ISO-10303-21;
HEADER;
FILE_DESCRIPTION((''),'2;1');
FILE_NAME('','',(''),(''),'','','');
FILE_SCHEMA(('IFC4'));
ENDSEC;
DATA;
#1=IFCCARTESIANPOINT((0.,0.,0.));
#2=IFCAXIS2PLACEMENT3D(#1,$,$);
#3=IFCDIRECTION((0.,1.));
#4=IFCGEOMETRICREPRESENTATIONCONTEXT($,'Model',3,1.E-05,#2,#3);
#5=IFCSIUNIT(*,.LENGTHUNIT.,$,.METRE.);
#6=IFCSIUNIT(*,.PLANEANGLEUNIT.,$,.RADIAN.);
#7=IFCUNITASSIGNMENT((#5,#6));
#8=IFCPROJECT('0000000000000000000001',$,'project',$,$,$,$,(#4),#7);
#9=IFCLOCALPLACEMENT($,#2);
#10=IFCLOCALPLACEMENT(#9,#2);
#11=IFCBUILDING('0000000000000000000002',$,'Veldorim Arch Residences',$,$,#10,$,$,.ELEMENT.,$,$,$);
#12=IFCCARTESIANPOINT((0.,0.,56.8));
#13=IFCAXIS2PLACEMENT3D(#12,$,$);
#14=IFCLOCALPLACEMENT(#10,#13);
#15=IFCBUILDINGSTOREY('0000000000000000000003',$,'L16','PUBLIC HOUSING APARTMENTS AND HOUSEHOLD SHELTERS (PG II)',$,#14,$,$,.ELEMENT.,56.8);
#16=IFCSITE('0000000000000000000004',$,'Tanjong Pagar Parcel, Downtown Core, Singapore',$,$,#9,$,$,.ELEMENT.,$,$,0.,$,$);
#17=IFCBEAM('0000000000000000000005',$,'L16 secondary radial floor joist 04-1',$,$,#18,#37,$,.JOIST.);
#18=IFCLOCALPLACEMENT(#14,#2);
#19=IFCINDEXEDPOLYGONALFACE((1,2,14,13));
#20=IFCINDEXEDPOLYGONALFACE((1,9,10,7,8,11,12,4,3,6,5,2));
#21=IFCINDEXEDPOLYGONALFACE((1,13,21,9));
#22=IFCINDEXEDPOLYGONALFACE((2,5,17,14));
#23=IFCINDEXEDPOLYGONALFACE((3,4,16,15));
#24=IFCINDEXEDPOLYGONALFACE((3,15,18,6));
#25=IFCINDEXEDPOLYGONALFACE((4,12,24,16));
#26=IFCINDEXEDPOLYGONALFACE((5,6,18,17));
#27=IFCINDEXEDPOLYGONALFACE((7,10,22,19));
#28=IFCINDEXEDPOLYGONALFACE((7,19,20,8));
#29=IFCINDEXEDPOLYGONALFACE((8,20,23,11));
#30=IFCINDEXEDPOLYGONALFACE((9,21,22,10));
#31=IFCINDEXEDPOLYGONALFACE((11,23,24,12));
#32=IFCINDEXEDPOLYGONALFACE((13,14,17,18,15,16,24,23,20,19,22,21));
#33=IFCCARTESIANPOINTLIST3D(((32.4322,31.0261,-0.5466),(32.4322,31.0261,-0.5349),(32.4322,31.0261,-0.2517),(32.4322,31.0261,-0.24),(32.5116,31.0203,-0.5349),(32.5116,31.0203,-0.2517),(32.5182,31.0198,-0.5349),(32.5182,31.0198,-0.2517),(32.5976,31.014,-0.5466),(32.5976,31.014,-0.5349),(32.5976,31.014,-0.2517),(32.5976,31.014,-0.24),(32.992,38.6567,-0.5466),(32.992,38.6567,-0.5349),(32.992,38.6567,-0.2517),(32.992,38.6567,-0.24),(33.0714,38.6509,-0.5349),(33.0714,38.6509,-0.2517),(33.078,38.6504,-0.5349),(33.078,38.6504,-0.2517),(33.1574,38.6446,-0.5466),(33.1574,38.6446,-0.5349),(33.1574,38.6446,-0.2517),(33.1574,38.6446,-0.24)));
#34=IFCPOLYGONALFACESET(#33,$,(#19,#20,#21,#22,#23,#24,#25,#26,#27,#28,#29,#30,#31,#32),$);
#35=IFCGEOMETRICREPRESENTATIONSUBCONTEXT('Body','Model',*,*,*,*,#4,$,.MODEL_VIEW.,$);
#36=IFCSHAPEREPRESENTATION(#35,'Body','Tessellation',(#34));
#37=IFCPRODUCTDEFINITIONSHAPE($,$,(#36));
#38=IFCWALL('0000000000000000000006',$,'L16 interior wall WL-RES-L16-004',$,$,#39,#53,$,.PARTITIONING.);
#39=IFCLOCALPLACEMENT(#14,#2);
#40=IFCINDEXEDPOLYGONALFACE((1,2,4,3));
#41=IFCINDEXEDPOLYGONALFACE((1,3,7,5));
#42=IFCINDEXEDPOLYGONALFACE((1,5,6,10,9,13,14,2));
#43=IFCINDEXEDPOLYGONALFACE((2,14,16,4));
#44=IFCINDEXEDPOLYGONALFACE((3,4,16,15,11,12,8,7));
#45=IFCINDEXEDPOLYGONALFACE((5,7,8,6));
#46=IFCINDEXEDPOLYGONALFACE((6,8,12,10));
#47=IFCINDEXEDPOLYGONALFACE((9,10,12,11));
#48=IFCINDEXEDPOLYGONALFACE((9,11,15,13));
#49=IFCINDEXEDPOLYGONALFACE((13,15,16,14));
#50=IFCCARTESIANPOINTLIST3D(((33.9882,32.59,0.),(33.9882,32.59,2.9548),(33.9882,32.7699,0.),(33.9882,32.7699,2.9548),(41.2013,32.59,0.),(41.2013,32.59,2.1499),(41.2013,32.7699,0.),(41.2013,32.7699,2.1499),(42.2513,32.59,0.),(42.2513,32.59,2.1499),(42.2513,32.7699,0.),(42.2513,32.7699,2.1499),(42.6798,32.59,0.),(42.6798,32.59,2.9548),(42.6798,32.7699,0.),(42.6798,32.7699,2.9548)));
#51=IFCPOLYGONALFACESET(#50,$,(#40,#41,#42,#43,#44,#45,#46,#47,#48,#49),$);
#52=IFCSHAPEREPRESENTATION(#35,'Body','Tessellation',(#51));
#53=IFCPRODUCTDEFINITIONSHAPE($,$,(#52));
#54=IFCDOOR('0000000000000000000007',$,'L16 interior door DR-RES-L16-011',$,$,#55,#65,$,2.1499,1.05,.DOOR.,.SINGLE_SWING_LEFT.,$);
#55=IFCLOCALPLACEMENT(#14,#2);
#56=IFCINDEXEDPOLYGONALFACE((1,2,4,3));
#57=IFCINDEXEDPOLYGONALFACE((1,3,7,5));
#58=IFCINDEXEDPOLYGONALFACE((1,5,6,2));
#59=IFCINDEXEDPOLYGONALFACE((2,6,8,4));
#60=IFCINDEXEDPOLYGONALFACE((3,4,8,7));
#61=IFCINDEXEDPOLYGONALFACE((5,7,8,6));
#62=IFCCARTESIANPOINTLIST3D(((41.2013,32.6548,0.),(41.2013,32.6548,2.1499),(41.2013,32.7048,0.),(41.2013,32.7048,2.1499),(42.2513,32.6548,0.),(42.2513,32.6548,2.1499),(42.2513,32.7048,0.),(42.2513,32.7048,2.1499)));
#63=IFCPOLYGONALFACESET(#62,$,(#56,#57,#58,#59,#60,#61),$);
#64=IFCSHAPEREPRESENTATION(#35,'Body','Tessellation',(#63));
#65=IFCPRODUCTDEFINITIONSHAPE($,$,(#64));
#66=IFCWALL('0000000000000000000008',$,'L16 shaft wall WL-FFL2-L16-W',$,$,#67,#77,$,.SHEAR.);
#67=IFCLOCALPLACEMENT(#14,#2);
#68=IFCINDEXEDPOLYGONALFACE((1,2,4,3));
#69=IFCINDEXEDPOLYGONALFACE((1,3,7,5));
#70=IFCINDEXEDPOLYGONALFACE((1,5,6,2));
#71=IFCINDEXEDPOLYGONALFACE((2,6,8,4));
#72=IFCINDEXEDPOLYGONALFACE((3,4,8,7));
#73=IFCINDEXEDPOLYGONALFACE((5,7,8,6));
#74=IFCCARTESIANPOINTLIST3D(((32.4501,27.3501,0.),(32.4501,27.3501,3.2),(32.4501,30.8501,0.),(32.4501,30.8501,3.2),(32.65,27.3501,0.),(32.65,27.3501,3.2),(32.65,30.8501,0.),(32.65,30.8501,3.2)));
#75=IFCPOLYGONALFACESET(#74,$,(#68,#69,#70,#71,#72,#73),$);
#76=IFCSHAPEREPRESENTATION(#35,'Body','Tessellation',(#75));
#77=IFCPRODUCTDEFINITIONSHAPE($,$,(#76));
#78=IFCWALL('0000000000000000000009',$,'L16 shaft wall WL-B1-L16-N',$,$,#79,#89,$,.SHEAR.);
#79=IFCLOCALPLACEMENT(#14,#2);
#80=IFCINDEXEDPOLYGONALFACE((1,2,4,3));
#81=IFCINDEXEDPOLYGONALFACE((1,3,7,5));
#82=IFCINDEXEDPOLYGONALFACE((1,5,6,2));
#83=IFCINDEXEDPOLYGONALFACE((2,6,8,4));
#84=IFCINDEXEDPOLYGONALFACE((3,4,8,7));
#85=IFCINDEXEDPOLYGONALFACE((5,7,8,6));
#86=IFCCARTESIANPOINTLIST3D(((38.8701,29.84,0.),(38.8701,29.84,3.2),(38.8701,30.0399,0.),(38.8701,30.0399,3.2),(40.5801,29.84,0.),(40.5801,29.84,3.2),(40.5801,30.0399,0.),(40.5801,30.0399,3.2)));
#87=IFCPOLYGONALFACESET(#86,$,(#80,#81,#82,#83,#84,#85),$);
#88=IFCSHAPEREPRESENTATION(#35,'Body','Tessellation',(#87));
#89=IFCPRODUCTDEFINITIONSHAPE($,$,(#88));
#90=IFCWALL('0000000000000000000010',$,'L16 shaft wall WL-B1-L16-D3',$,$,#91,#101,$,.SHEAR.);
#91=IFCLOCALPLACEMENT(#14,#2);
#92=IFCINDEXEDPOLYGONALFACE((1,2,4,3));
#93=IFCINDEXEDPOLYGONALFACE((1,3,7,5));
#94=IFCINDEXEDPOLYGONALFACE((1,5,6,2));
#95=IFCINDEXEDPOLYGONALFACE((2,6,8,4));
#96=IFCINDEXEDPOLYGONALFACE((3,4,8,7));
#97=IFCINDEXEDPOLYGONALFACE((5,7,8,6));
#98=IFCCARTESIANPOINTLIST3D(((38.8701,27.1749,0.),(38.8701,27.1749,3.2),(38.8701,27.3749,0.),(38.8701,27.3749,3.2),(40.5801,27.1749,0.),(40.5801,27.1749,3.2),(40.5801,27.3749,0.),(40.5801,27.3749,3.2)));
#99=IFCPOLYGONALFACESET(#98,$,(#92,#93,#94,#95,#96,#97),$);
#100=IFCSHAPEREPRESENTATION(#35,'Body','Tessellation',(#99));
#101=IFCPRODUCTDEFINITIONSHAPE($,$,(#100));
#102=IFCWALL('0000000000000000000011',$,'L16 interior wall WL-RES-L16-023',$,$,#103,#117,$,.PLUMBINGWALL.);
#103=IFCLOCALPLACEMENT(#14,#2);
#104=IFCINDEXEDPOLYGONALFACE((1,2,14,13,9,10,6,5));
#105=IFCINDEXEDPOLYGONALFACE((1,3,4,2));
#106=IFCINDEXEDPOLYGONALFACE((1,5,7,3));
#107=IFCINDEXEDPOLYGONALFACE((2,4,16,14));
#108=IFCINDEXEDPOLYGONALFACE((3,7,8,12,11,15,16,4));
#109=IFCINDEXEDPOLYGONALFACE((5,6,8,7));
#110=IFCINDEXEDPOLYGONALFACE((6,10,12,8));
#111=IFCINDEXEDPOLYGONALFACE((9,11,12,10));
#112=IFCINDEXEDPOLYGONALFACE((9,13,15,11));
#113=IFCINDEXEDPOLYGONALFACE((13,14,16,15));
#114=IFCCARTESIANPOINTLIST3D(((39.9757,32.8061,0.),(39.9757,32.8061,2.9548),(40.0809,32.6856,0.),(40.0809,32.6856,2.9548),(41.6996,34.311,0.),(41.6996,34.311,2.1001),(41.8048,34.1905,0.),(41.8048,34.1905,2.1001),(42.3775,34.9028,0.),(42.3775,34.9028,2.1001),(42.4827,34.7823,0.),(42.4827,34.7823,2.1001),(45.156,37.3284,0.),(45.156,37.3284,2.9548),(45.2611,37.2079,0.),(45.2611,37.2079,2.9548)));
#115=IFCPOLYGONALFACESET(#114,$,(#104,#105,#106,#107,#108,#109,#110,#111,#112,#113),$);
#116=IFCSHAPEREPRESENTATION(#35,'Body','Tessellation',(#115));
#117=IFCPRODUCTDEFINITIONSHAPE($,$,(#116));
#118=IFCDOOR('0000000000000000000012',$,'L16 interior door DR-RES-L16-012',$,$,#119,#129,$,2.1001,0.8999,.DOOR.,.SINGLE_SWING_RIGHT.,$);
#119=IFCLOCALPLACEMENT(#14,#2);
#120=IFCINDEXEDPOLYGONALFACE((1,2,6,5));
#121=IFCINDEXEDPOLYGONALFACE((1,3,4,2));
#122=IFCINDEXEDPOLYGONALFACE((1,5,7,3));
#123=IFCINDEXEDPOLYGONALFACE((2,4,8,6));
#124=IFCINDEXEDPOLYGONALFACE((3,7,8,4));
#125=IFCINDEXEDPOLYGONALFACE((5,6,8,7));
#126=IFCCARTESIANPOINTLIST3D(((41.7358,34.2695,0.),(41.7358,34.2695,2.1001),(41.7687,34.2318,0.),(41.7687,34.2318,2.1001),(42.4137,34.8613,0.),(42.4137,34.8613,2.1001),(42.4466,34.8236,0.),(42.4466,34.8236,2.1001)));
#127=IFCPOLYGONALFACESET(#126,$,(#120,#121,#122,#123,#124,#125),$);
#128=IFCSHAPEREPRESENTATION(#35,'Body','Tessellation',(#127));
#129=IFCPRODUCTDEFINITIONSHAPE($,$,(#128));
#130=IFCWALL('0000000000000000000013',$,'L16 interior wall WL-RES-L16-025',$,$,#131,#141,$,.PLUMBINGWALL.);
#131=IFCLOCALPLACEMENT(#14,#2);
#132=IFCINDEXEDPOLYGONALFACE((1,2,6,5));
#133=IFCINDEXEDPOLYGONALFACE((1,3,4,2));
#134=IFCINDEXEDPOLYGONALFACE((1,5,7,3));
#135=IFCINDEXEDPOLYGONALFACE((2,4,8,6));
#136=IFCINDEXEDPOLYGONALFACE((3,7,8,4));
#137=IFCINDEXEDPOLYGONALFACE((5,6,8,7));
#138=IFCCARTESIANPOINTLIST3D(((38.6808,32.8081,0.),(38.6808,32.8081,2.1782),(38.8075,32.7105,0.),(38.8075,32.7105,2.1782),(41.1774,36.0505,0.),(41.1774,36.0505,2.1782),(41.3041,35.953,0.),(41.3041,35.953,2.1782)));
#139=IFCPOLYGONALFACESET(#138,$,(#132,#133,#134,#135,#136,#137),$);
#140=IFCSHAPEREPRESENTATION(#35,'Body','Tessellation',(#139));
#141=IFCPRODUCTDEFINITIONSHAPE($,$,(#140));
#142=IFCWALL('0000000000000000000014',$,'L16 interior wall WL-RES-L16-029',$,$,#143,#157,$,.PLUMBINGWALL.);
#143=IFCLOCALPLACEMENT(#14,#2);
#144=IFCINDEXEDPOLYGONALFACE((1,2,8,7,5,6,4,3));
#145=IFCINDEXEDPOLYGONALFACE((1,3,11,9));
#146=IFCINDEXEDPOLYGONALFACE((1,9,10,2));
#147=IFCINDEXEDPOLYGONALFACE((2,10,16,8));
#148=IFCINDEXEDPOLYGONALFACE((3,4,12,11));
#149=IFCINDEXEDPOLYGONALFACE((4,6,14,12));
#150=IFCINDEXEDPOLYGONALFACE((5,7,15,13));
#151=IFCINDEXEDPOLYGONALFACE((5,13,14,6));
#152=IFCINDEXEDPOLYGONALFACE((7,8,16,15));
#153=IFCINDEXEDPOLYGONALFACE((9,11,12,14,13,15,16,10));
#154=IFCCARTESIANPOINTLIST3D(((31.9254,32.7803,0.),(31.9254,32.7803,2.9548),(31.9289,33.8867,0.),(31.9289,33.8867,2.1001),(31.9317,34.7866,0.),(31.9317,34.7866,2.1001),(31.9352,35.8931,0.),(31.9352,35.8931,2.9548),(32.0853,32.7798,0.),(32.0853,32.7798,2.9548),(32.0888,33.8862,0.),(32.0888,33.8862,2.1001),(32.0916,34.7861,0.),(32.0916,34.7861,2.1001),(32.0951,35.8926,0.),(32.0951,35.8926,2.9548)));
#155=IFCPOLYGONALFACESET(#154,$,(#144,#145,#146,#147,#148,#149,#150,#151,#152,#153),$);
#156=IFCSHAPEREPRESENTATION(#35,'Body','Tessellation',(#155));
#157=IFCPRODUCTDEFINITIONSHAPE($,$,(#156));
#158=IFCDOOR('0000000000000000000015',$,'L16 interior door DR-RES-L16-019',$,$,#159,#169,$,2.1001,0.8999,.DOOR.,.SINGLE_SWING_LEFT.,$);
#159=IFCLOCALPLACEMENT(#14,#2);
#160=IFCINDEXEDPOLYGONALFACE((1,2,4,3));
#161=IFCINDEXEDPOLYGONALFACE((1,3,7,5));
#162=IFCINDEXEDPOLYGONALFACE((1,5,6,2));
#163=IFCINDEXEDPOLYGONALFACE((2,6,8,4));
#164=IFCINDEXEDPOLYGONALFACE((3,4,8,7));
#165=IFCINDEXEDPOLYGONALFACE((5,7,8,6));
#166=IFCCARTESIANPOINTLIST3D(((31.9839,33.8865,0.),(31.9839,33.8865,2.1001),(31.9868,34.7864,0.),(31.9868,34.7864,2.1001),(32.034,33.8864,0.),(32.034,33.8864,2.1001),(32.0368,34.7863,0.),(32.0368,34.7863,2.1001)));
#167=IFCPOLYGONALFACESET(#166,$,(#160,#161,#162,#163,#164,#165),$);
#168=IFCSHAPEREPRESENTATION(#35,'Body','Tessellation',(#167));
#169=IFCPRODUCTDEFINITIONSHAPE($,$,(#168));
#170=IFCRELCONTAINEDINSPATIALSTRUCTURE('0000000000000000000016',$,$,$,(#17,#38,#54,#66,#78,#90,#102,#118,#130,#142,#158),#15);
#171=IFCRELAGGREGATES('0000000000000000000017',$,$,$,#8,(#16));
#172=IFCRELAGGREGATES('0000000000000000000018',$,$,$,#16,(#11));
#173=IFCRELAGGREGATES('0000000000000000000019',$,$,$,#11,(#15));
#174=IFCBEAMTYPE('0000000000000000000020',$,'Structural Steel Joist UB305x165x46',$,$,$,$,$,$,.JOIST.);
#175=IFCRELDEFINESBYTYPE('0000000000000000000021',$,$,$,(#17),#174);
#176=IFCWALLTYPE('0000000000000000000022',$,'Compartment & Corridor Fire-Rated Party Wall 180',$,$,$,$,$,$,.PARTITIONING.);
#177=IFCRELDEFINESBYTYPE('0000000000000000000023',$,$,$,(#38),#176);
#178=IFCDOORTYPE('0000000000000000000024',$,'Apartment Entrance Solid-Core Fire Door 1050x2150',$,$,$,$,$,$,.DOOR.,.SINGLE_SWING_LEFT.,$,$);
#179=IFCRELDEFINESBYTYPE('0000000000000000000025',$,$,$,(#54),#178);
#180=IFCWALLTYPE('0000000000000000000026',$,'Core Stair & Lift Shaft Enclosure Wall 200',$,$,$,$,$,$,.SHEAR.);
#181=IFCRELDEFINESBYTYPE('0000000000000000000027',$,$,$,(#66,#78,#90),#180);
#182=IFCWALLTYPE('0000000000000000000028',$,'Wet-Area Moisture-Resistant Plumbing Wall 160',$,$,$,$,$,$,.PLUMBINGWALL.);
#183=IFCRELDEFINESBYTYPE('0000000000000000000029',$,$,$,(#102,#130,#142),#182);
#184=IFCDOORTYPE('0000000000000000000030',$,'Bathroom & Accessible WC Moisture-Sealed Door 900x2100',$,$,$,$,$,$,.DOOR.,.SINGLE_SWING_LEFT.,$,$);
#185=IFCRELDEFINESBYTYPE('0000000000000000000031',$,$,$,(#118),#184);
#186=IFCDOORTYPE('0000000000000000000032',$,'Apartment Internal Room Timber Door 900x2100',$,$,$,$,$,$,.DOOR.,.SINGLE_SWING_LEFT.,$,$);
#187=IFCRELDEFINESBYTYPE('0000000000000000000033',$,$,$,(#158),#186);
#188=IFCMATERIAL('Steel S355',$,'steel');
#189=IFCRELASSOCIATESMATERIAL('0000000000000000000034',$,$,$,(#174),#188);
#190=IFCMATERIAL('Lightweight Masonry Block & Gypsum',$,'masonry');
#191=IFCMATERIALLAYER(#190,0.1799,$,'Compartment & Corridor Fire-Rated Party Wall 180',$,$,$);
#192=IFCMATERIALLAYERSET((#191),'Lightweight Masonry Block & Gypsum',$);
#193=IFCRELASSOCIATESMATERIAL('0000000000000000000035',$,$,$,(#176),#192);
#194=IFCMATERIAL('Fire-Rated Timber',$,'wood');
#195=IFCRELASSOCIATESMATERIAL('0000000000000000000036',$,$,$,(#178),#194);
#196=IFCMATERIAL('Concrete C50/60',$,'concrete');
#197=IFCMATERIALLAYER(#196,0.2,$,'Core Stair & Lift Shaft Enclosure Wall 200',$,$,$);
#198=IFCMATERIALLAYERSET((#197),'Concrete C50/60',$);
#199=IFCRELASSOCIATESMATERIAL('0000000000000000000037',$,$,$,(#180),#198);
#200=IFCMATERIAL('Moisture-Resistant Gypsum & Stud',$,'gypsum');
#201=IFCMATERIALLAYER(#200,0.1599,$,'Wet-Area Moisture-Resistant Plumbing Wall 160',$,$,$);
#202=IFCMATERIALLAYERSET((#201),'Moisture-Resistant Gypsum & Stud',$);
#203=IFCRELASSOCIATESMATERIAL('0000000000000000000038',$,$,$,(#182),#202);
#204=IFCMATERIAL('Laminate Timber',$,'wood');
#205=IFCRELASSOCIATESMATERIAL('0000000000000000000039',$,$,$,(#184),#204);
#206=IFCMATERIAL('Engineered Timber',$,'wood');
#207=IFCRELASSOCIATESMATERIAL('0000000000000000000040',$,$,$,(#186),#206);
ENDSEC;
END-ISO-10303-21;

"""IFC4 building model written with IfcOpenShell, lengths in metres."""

from ifc_helpers import new_model, si_unit, direction, frame, frame_2d, origin, origin_2d, place, context, subcontext, project, spatial, rectangle, i_section, extrude, material, layer, layer_set, material_profile, profile_set, type_object, element, fill, save


model = new_model("IFC4")

# Units and contexts
model_context = context("Model", 3, precision=1e-05, world=origin(), true_north=direction((0.0, 1.0)))
body_context = subcontext(model_context, "Body", "Model", "MODEL_VIEW")
ifc_project = project(units=[si_unit("LENGTHUNIT", "METRE"), si_unit("PLANEANGLEUNIT", "RADIAN")], contexts=[model_context])

# Site, building, storey
site_placement = place(None, origin())
site = spatial("IfcSite", under=ifc_project, at=site_placement, Name="Tanjong Pagar Parcel, Downtown Core, Singapore", CompositionType="ELEMENT", RefElevation=0.0)
building_placement = place(site_placement, origin())
building = spatial("IfcBuilding", under=site, at=building_placement, Name="Veldorim Arch Residences", CompositionType="ELEMENT")
storey_placement = place(building_placement, frame((0.0, 0.0, 56.8)))
storey = spatial("IfcBuildingStorey", under=building, at=storey_placement, Name="L16", Description="PUBLIC HOUSING APARTMENTS AND HOUSEHOLD SHELTERS (PG II)", CompositionType="ELEMENT", Elevation=56.8)

# Beam
ifc_material_1 = material(Name="Steel S355", Category="steel")
ifc_material_profile_1 = material_profile(ifc_material_1, i_section(OverallWidth=0.1658, OverallDepth=0.3066, WebThickness=0.0066, FlangeThickness=0.0117, at=origin_2d()), Name="UB305x165x46")
ifc_profile_set_1 = profile_set([ifc_material_profile_1], Name="Steel S355")
beam_type_1 = type_object("IfcBeamType", Name="Structural Steel Joist UB305x165x46", PredefinedType="JOIST", material=ifc_profile_set_1)
beam_1_placement = place(storey_placement, frame((32.5149, 31.02, -0.3933), z_axis=(0.073168, 0.99732, 0.0), x_axis=(-0.99732, 0.073168, 0.0)))
element("IfcBeam", 1, at=beam_1_placement, inside=storey, type_object=beam_type_1, Name="L16 secondary radial floor joist 04-1", PredefinedType="JOIST", context=body_context, shape_type="SweptSolid", body=[
    extrude(i_section(OverallWidth=0.1658, OverallDepth=0.3066, WebThickness=0.0066, FlangeThickness=0.0117, at=origin_2d()), origin(), (0.0, 0.0, 1.0), 7.6511),
])

# Wall, opening, door
ifc_material_2 = material(Name="Lightweight Masonry Block & Gypsum", Category="masonry")
ifc_layer_1 = layer(ifc_material_2, 0.1799, Name="Compartment & Corridor Fire-Rated Party Wall 180")
ifc_layer_set_1 = layer_set([ifc_layer_1], Name="Lightweight Masonry Block & Gypsum")
wall_type_1 = type_object("IfcWallType", Name="Compartment & Corridor Fire-Rated Party Wall 180", PredefinedType="PARTITIONING", material=ifc_layer_set_1)
wall_1_placement = place(storey_placement, frame((33.9883, 32.6799, 0.0), z_axis=(0.0, 0.0, 1.0), x_axis=(1.0, 0.0, 0.0)))
wall_1 = element("IfcWall", 2, at=wall_1_placement, inside=storey, type_object=wall_type_1, Name="L16 interior wall WL-RES-L16-004", PredefinedType="PARTITIONING", context=body_context, shape_type="SweptSolid", body=[
    extrude(rectangle(XDim=8.6917, YDim=0.1799, at=frame_2d((4.3457, 0.0))), origin(), (0.0, 0.0, 1.0), 2.9548),
])
opening_1_placement = place(wall_1_placement, frame((7.2131, 0.0, 0.0)))
opening_1 = element("IfcOpeningElement", 3, at=opening_1_placement, cuts=wall_1, PredefinedType="OPENING", context=body_context, shape_type="SweptSolid", body=[
    extrude(rectangle(XDim=1.05, YDim=2.1499, at=frame_2d((0.5249, 1.075))), frame((0.0, 0.0999, 0.0), z_axis=(0.0, -1.0, 0.0), x_axis=(1.0, 0.0, 0.0)), (0.0, 0.0, 1.0), 0.2),
])
ifc_material_3 = material(Name="Fire-Rated Timber", Category="wood")
door_type_1 = type_object("IfcDoorType", Name="Apartment Entrance Solid-Core Fire Door 1050x2150", OperationType="SINGLE_SWING_LEFT", PredefinedType="DOOR", material=ifc_material_3)
door_1_placement = place(opening_1_placement, origin())
door_1 = element("IfcDoor", 4, at=door_1_placement, inside=storey, type_object=door_type_1, Name="L16 interior door DR-RES-L16-011", OperationType="SINGLE_SWING_LEFT", OverallHeight=2.1499, OverallWidth=1.05, PredefinedType="DOOR", context=body_context, shape_type="SweptSolid", body=[
    extrude(rectangle(XDim=1.05, YDim=2.1499, at=frame_2d((0.5249, 1.075))), frame((0.0, 0.0249, 0.0), z_axis=(0.0, -1.0, 0.0), x_axis=(1.0, 0.0, 0.0)), (0.0, 0.0, 1.0), 0.05),
])
fill(opening_1, door_1)
ifc_material_4 = material(Name="Concrete C50/60", Category="concrete")
ifc_layer_2 = layer(ifc_material_4, 0.2, Name="Core Stair & Lift Shaft Enclosure Wall 200")
ifc_layer_set_2 = layer_set([ifc_layer_2], Name="Concrete C50/60")
wall_type_2 = type_object("IfcWallType", Name="Core Stair & Lift Shaft Enclosure Wall 200", PredefinedType="SHEAR", material=ifc_layer_set_2)

# Walls
wall_2_placement = place(storey_placement, frame((32.55, 27.3501, 0.0), z_axis=(0.0, 0.0, 1.0), x_axis=(0.0, 1.0, 0.0)))
element("IfcWall", 5, at=wall_2_placement, inside=storey, type_object=wall_type_2, Name="L16 shaft wall WL-FFL2-L16-W", PredefinedType="SHEAR", context=body_context, shape_type="SweptSolid", body=[
    extrude(rectangle(XDim=3.5, YDim=0.2, at=frame_2d((1.75, 0.0))), origin(), (0.0, 0.0, 1.0), 3.2),
])
for number, where, z_axis, x_axis, name in (
    (6, (38.8701, 29.9399, 0.0), (0.0, 0.0, 1.0), (1.0, 0.0, 0.0), "L16 shaft wall WL-B1-L16-N"),
    (7, (38.8701, 27.2749, 0.0), (0.0, 0.0, 1.0), (1.0, 0.0, 0.0), "L16 shaft wall WL-B1-L16-D3"),
):
    element("IfcWall", number, at=place(storey_placement, frame(where, z_axis=z_axis, x_axis=x_axis)), inside=storey, type_object=wall_type_2, Name=name, PredefinedType="SHEAR", context=body_context, shape_type="SweptSolid", body=[
        extrude(rectangle(XDim=1.71, YDim=0.2, at=frame_2d((0.855, 0.0))), origin(), (0.0, 0.0, 1.0), 3.2),
    ])

# Wall, opening, door
ifc_material_5 = material(Name="Moisture-Resistant Gypsum & Stud", Category="gypsum")
ifc_layer_3 = layer(ifc_material_5, 0.1599, Name="Wet-Area Moisture-Resistant Plumbing Wall 160")
ifc_layer_set_3 = layer_set([ifc_layer_3], Name="Moisture-Resistant Gypsum & Stud")
wall_type_3 = type_object("IfcWallType", Name="Wet-Area Moisture-Resistant Plumbing Wall 160", PredefinedType="PLUMBINGWALL", material=ifc_layer_set_3)
wall_3_placement = place(storey_placement, frame((40.0283, 32.7458, 0.0), z_axis=(0.0, 0.0, 1.0), x_axis=(0.753328, 0.657645, 0.0)))
wall_3 = element("IfcWall", 8, at=wall_3_placement, inside=storey, type_object=wall_type_3, Name="L16 interior wall WL-RES-L16-023", PredefinedType="PLUMBINGWALL", context=body_context, shape_type="SweptSolid", body=[
    extrude(rectangle(XDim=6.8765, YDim=0.1599, at=frame_2d((3.4382, 0.0))), origin(), (0.0, 0.0, 1.0), 2.9548),
])
opening_2_placement = place(wall_3_placement, frame((2.2883, 0.0, 0.0)))
opening_2 = element("IfcOpeningElement", 9, at=opening_2_placement, cuts=wall_3, PredefinedType="OPENING", context=body_context, shape_type="SweptSolid", body=[
    extrude(rectangle(XDim=0.8999, YDim=2.1001, at=frame_2d((0.45, 1.05))), frame((0.0, 0.0898, 0.0), z_axis=(0.0, -1.0, 0.0), x_axis=(1.0, 0.0, 0.0)), (0.0, 0.0, 1.0), 0.1799),
])
ifc_material_6 = material(Name="Laminate Timber", Category="wood")
door_type_2 = type_object("IfcDoorType", Name="Bathroom & Accessible WC Moisture-Sealed Door 900x2100", OperationType="SINGLE_SWING_LEFT", PredefinedType="DOOR", material=ifc_material_6)
door_2_placement = place(opening_2_placement, origin())
door_2 = element("IfcDoor", 10, at=door_2_placement, inside=storey, type_object=door_type_2, Name="L16 interior door DR-RES-L16-012", OperationType="SINGLE_SWING_RIGHT", OverallHeight=2.1001, OverallWidth=0.8999, PredefinedType="DOOR", context=body_context, shape_type="SweptSolid", body=[
    extrude(rectangle(XDim=0.8999, YDim=2.1001, at=frame_2d((0.45, 1.05))), frame((0.0, 0.0249, 0.0), z_axis=(0.0, -1.0, 0.0), x_axis=(1.0, 0.0, 0.0)), (0.0, 0.0, 1.0), 0.05),
])
fill(opening_2, door_2)

# Wall
wall_4_placement = place(storey_placement, frame((38.7441, 32.7593, 0.0), z_axis=(0.0, 0.0, 1.0), x_axis=(0.61008, 0.79234, 0.0)))
element("IfcWall", 11, at=wall_4_placement, inside=storey, type_object=wall_type_3, Name="L16 interior wall WL-RES-L16-025", PredefinedType="PLUMBINGWALL", context=body_context, shape_type="SweptSolid", body=[
    extrude(rectangle(XDim=4.0923, YDim=0.1599, at=frame_2d((2.0461, 0.0))), origin(), (0.0, 0.0, 1.0), 2.1782),
])

# Wall, opening, door
wall_5_placement = place(storey_placement, frame((32.0054, 32.78, 0.0), z_axis=(0.0, 0.0, 1.0), x_axis=(0.003137, 0.999995, 0.0)))
wall_5 = element("IfcWall", 12, at=wall_5_placement, inside=storey, type_object=wall_type_3, Name="L16 interior wall WL-RES-L16-029", PredefinedType="PLUMBINGWALL", context=body_context, shape_type="SweptSolid", body=[
    extrude(rectangle(XDim=3.1128, YDim=0.1599, at=frame_2d((1.5564, 0.0))), origin(), (0.0, 0.0, 1.0), 2.9548),
])
opening_3_placement = place(wall_5_placement, frame((1.1064, 0.0, 0.0)))
opening_3 = element("IfcOpeningElement", 13, at=opening_3_placement, cuts=wall_5, PredefinedType="OPENING", context=body_context, shape_type="SweptSolid", body=[
    extrude(rectangle(XDim=0.8999, YDim=2.1001, at=frame_2d((0.45, 1.05))), frame((0.0, 0.0898, 0.0), z_axis=(0.0, -1.0, 0.0), x_axis=(1.0, 0.0, 0.0)), (0.0, 0.0, 1.0), 0.1799),
])
ifc_material_7 = material(Name="Engineered Timber", Category="wood")
door_type_3 = type_object("IfcDoorType", Name="Apartment Internal Room Timber Door 900x2100", OperationType="SINGLE_SWING_LEFT", PredefinedType="DOOR", material=ifc_material_7)
door_3_placement = place(opening_3_placement, origin())
door_3 = element("IfcDoor", 14, at=door_3_placement, inside=storey, type_object=door_type_3, Name="L16 interior door DR-RES-L16-019", OperationType="SINGLE_SWING_LEFT", OverallHeight=2.1001, OverallWidth=0.8999, PredefinedType="DOOR", context=body_context, shape_type="SweptSolid", body=[
    extrude(rectangle(XDim=0.8999, YDim=2.1001, at=frame_2d((0.45, 1.05))), frame((0.0, 0.0249, 0.0), z_axis=(0.0, -1.0, 0.0), x_axis=(1.0, 0.0, 0.0)), (0.0, 0.0, 1.0), 0.05),
])
fill(opening_3, door_3)

save(model, "model.ifc")
